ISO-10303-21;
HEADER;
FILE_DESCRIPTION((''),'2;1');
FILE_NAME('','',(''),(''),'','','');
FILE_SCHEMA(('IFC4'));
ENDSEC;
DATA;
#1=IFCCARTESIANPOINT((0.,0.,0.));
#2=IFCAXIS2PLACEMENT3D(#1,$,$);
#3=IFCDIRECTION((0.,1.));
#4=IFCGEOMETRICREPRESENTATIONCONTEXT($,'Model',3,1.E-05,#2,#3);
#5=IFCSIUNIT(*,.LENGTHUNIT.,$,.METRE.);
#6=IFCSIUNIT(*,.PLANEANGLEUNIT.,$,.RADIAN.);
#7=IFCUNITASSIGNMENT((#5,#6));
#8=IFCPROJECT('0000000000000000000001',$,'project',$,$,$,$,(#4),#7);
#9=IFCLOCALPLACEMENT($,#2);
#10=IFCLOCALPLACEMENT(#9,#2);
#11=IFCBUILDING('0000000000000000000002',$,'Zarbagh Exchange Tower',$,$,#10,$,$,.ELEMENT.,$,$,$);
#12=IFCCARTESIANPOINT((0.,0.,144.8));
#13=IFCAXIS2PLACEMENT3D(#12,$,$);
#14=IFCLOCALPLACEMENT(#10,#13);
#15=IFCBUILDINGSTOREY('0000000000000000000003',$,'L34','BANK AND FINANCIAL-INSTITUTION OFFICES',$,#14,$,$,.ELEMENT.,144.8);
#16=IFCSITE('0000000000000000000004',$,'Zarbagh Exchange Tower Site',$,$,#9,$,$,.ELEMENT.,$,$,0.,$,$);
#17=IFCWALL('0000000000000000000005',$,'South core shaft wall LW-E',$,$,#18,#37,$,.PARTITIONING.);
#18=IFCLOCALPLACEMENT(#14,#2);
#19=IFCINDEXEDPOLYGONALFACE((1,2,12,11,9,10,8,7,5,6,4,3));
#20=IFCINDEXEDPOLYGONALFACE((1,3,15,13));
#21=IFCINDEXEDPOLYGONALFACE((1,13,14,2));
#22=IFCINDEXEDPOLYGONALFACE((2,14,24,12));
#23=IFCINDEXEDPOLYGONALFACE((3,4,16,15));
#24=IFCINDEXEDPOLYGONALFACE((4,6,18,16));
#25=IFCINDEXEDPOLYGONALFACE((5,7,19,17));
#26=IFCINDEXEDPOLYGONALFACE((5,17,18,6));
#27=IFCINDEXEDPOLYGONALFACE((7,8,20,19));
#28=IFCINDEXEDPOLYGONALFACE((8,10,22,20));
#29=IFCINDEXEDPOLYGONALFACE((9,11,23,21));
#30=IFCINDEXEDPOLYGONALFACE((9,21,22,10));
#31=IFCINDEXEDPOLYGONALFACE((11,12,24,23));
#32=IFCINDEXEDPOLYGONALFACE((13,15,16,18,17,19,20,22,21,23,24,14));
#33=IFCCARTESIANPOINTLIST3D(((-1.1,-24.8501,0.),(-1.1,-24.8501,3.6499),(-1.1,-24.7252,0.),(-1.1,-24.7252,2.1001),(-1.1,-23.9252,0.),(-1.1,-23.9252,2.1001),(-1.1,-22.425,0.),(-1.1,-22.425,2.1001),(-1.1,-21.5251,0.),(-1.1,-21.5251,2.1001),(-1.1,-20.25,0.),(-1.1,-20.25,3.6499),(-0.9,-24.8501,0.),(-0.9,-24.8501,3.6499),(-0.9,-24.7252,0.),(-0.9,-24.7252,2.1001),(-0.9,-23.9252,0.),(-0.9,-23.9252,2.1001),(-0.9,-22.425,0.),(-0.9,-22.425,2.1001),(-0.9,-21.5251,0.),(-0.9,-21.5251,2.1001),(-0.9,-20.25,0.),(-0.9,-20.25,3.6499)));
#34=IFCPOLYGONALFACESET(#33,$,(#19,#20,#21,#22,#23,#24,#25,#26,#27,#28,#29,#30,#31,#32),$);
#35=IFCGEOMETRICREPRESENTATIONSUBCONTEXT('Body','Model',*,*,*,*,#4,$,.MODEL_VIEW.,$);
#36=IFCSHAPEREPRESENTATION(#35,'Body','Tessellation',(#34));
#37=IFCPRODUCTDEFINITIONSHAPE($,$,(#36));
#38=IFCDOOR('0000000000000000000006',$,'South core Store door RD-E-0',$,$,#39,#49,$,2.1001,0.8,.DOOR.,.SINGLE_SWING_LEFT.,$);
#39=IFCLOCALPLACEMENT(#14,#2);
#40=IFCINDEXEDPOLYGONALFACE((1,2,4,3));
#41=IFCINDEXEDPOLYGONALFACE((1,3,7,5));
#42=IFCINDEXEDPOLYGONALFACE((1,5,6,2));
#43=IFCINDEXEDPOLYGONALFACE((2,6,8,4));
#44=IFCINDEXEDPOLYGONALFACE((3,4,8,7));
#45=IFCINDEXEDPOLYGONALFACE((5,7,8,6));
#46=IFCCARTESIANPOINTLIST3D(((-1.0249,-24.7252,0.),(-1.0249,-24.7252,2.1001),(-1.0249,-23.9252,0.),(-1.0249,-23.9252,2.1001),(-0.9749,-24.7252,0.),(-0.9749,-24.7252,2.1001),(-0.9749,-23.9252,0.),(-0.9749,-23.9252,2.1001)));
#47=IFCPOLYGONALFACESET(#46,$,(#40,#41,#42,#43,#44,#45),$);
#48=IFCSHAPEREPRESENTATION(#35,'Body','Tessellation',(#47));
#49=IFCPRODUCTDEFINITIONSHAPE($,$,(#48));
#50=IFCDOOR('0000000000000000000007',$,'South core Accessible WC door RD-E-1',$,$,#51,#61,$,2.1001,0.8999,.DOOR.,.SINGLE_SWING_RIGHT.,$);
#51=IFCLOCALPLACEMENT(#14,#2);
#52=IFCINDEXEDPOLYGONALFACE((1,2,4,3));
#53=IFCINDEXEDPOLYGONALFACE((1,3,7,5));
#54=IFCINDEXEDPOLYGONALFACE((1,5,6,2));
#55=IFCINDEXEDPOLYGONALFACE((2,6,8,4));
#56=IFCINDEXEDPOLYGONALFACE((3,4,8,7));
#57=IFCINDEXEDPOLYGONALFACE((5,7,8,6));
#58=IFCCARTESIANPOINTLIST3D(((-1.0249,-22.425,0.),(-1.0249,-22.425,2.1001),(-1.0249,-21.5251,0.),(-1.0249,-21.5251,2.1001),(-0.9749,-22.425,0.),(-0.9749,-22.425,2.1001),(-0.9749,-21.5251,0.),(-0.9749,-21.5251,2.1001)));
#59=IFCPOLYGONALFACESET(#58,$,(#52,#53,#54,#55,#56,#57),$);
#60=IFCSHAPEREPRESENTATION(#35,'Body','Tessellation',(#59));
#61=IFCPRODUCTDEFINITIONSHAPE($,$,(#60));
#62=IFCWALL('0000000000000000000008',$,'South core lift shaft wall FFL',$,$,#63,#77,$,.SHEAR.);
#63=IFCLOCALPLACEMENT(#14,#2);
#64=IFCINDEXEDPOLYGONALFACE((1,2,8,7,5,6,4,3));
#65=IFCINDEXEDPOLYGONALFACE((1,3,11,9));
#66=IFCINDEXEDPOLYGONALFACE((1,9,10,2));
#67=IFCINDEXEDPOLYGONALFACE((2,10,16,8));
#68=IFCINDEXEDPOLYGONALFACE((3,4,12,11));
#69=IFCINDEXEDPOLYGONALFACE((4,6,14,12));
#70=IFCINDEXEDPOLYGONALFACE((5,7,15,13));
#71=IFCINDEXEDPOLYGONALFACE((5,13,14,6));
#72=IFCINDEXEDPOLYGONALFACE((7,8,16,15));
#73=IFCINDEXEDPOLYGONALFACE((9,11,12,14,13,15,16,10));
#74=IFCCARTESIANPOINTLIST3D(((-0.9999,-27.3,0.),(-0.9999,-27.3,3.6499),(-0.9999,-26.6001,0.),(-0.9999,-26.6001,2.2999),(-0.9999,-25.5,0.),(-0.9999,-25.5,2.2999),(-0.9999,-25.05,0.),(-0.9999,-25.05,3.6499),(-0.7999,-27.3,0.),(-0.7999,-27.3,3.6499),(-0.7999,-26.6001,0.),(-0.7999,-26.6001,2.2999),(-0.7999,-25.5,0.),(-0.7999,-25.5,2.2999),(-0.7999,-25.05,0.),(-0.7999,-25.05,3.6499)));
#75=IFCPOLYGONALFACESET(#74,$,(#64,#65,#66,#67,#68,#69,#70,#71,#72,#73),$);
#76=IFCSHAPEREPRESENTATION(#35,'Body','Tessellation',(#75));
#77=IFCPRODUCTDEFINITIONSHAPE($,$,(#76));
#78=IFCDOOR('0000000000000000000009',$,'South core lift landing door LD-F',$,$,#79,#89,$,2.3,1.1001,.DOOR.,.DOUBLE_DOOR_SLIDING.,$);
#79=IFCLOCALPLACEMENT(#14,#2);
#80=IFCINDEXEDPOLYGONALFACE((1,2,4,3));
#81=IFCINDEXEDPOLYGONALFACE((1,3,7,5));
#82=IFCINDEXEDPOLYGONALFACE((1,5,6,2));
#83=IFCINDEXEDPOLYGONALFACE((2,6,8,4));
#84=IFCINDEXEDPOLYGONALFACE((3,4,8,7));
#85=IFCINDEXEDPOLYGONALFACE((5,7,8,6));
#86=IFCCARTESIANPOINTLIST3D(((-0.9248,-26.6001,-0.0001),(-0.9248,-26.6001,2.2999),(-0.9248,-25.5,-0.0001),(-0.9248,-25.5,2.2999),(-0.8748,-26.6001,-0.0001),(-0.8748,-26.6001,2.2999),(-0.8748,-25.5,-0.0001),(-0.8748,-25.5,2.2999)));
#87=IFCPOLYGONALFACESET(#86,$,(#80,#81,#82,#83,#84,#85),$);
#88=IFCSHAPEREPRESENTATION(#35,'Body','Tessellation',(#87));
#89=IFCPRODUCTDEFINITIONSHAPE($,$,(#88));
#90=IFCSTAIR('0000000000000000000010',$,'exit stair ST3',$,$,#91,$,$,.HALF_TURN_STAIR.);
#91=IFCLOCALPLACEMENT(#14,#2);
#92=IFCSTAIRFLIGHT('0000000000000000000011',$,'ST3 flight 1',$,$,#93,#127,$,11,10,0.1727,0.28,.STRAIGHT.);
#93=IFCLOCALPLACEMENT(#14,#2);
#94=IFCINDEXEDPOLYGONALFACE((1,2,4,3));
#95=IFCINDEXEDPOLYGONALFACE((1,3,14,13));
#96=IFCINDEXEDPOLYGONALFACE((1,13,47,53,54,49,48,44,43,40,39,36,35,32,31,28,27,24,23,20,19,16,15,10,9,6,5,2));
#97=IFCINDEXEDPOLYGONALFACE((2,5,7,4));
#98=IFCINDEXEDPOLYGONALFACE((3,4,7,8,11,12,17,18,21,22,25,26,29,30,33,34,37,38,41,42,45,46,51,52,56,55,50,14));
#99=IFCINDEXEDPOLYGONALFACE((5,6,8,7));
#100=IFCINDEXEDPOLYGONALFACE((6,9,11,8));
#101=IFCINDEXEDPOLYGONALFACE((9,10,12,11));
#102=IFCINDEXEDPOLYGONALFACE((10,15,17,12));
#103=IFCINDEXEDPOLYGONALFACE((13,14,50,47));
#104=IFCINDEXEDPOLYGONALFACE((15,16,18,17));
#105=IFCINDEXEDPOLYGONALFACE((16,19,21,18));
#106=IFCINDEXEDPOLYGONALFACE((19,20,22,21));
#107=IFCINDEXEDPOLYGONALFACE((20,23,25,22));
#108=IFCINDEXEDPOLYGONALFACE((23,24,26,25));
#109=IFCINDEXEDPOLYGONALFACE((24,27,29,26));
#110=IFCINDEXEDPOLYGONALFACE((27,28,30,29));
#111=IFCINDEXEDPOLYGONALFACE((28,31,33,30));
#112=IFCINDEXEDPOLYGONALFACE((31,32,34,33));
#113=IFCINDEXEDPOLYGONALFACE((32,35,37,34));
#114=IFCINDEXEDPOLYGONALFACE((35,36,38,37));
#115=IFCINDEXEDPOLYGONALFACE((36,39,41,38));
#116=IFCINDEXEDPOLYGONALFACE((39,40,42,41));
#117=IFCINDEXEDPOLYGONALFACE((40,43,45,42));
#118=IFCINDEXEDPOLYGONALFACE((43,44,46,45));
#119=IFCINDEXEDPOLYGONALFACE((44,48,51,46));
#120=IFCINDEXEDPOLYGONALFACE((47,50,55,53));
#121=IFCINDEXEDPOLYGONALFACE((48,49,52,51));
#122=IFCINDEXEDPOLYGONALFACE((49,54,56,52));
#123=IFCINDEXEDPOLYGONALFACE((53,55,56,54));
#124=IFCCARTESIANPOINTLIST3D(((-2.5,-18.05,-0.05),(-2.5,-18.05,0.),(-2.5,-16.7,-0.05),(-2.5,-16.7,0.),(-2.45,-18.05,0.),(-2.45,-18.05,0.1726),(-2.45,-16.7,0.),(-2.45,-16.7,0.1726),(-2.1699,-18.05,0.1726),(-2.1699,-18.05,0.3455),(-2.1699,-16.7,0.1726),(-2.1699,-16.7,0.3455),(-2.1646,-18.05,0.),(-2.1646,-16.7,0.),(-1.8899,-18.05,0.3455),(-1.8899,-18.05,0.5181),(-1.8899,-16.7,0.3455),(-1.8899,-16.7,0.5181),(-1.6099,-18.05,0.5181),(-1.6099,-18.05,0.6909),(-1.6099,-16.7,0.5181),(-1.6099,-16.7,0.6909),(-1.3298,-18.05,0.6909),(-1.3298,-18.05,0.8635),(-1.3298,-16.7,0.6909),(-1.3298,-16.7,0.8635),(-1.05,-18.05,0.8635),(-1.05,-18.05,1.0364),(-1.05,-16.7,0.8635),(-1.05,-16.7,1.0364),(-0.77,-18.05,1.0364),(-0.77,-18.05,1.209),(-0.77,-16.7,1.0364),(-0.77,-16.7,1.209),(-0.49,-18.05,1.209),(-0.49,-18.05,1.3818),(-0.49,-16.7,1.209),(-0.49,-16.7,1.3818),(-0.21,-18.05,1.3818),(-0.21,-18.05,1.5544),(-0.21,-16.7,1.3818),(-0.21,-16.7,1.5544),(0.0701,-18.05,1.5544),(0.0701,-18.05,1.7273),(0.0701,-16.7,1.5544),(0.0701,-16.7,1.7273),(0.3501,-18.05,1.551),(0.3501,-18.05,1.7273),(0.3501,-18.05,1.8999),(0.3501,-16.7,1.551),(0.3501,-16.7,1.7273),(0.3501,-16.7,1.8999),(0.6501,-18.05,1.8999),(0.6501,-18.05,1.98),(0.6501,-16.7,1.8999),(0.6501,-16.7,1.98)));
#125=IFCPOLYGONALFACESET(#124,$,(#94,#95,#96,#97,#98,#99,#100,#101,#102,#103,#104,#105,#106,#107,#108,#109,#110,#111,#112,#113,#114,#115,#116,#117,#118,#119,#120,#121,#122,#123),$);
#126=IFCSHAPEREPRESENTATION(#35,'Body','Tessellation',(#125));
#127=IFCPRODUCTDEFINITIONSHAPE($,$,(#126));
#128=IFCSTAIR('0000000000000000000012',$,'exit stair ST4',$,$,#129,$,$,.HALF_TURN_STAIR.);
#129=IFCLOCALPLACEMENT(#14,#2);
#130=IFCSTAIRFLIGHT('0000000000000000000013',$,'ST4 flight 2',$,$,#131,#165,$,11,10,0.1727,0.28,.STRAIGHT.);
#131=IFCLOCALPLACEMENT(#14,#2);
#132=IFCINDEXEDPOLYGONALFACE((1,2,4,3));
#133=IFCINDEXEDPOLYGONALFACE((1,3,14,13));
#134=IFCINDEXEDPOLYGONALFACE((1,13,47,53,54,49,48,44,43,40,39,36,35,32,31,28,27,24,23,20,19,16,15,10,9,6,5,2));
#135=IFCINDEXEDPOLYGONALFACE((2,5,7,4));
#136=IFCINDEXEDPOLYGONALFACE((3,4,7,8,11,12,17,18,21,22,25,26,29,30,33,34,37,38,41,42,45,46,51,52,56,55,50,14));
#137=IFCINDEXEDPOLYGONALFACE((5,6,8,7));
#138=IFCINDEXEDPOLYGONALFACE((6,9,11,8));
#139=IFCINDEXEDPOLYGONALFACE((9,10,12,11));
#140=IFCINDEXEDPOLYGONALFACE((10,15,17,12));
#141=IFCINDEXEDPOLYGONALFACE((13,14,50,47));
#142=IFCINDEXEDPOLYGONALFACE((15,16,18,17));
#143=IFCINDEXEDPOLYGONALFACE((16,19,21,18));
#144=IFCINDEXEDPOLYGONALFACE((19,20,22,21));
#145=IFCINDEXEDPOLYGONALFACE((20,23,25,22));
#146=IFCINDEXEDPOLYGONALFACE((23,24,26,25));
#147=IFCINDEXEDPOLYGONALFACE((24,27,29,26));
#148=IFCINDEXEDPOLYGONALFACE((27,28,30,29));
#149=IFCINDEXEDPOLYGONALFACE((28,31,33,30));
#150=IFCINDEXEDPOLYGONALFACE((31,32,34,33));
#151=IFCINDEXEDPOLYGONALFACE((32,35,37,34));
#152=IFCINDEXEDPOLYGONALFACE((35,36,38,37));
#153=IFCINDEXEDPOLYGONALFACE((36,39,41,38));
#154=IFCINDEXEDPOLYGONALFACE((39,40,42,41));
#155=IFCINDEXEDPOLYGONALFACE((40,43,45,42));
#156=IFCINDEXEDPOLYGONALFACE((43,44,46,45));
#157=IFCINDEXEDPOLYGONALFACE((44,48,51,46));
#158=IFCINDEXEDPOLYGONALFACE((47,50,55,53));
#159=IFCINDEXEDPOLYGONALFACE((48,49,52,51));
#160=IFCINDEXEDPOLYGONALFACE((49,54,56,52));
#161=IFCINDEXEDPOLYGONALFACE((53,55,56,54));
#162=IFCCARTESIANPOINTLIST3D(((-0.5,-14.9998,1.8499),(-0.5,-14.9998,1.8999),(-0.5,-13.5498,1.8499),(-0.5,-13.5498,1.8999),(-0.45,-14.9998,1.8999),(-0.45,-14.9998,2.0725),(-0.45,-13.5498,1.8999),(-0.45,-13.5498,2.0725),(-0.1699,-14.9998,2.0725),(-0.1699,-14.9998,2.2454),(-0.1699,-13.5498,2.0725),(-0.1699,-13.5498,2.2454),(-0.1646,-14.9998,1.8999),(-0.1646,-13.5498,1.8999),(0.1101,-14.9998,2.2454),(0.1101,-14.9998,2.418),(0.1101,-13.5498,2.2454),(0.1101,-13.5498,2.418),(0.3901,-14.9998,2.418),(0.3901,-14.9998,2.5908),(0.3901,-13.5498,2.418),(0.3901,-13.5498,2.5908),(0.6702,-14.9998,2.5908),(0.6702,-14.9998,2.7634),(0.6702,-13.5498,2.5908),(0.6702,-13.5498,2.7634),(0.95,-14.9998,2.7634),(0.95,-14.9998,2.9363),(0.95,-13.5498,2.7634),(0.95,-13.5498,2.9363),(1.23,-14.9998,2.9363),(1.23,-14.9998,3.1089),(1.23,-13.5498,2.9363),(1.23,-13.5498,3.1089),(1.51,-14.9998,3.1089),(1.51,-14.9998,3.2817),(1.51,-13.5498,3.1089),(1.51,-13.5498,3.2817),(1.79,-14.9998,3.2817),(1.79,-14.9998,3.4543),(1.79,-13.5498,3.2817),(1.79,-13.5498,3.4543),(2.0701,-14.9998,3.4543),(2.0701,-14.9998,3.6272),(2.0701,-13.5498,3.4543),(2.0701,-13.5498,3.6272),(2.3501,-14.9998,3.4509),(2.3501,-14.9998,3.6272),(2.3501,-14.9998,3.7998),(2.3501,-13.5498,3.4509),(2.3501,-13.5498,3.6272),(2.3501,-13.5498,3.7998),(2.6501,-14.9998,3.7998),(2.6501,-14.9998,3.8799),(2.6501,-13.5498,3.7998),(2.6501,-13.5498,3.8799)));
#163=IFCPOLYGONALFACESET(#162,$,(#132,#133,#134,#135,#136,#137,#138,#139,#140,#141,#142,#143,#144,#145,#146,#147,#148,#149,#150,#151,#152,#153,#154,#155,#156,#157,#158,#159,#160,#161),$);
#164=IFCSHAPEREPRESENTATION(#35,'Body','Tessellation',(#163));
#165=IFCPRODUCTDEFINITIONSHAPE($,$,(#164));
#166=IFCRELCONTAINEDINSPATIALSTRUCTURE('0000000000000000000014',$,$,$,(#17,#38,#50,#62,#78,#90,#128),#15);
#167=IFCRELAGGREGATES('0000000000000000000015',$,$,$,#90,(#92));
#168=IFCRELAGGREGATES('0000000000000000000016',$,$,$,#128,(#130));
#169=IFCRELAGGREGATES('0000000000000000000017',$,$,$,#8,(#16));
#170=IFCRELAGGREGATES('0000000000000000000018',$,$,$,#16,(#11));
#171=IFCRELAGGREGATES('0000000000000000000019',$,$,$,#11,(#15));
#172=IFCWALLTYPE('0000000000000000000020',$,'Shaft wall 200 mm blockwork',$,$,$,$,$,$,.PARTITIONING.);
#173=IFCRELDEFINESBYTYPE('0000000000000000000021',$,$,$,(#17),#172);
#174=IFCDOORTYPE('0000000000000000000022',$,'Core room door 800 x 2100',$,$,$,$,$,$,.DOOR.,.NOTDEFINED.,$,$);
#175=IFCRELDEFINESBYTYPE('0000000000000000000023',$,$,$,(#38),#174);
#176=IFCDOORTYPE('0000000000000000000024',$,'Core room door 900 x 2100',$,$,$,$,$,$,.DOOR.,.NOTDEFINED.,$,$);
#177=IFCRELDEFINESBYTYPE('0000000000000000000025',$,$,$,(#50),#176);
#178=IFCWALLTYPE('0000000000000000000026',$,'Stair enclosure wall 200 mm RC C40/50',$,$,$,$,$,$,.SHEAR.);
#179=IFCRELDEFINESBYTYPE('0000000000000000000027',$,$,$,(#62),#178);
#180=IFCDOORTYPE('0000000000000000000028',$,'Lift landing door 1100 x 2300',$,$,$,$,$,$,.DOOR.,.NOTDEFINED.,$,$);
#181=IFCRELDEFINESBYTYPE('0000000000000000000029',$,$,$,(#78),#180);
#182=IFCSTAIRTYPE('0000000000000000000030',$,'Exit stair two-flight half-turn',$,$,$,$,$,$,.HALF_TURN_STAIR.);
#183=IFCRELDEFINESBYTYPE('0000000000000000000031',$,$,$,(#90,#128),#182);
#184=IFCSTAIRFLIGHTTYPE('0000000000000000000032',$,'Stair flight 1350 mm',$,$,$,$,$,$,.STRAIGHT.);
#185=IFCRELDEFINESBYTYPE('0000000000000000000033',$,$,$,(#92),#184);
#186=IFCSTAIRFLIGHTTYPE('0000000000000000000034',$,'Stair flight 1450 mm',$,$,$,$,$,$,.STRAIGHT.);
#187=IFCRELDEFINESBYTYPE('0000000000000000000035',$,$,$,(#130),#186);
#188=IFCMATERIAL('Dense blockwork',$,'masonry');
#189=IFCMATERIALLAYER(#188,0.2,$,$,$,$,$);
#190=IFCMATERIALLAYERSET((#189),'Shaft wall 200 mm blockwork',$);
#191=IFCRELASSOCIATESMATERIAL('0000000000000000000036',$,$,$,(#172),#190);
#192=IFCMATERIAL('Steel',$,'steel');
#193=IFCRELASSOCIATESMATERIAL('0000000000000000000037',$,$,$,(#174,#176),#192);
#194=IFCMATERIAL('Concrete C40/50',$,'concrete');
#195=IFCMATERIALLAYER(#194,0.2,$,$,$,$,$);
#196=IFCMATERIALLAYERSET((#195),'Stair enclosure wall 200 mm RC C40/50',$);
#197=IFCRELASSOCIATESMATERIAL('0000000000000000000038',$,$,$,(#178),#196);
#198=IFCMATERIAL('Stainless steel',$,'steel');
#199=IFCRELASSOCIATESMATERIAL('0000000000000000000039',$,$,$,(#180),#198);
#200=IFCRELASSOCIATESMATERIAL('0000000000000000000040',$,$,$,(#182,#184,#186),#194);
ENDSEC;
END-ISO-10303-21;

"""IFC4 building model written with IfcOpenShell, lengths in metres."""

from ifc_helpers import new_model, si_unit, direction, frame, frame_2d, origin, place, context, subcontext, project, spatial, polyline, rectangle, outline, extrude, material, layer, layer_set, type_object, element, fill, aggregate, save


model = new_model("IFC4")

# Units and contexts
model_context = context("Model", 3, precision=1e-05, world=origin(), true_north=direction((0.0, 1.0)))
body_context = subcontext(model_context, "Body", "Model", "MODEL_VIEW")
ifc_project = project(units=[si_unit("LENGTHUNIT", "METRE"), si_unit("PLANEANGLEUNIT", "RADIAN")], contexts=[model_context])

# Site, building, storey
site_placement = place(None, origin())
site = spatial("IfcSite", under=ifc_project, at=site_placement, Name="Zarbagh Exchange Tower Site", CompositionType="ELEMENT", RefElevation=0.0)
building_placement = place(site_placement, origin())
building = spatial("IfcBuilding", under=site, at=building_placement, Name="Zarbagh Exchange Tower", CompositionType="ELEMENT")
storey_placement = place(building_placement, frame((0.0, 0.0, 144.8)))
storey = spatial("IfcBuildingStorey", under=building, at=storey_placement, Name="L34", Description="BANK AND FINANCIAL-INSTITUTION OFFICES", CompositionType="ELEMENT", Elevation=144.8)

# Shared definitions
ifc_material_1 = material(Name="Concrete C40/50", Category="concrete")

# Shared definitions
ifc_material_2 = material(Name="Dense blockwork", Category="masonry")

# Shared definitions
ifc_layer_1 = layer(ifc_material_2, 0.2)
ifc_layer_set_1 = layer_set([ifc_layer_1], Name="Shaft wall 200 mm blockwork")
wall_type_1 = type_object("IfcWallType", Name="Shaft wall 200 mm blockwork", PredefinedType="PARTITIONING", material=ifc_layer_set_1)

# Wall, openings, doors
wall_1_placement = place(storey_placement, frame((-1.0, -24.8501, 0.0), z_axis=(0.0, 0.0, 1.0), x_axis=(0.0, 1.0, 0.0)))
wall_1 = element("IfcWall", 1, at=wall_1_placement, inside=storey, type_object=wall_type_1, Name="South core shaft wall LW-E", PredefinedType="PARTITIONING", context=body_context, shape_type="SweptSolid", body=[
    extrude(rectangle(XDim=4.6001, YDim=0.2, at=frame_2d((2.3, 0.0))), origin(), (0.0, 0.0, 1.0), 3.6499),
])
opening_1_placement = place(wall_1_placement, frame((0.125, 0.0, 0.0)))
opening_1 = element("IfcOpeningElement", 2, at=opening_1_placement, cuts=wall_1, PredefinedType="OPENING", context=body_context, shape_type="SweptSolid", body=[
    extrude(rectangle(XDim=0.8, YDim=2.1001, at=frame_2d((0.3999, 1.05))), frame((0.0, 0.1099, 0.0), z_axis=(0.0, -1.0, 0.0), x_axis=(1.0, 0.0, 0.0)), (0.0, 0.0, 1.0), 0.22),
])
opening_2_placement = place(wall_1_placement, frame((2.425, 0.0, 0.0)))
opening_2 = element("IfcOpeningElement", 3, at=opening_2_placement, cuts=wall_1, PredefinedType="OPENING", context=body_context, shape_type="SweptSolid", body=[
    extrude(rectangle(XDim=0.8999, YDim=2.1001, at=frame_2d((0.45, 1.05))), frame((0.0, 0.1099, 0.0), z_axis=(0.0, -1.0, 0.0), x_axis=(1.0, 0.0, 0.0)), (0.0, 0.0, 1.0), 0.22),
])
ifc_material_3 = material(Name="Steel", Category="steel")
door_type_1 = type_object("IfcDoorType", Name="Core room door 800 x 2100", OperationType="NOTDEFINED", PredefinedType="DOOR", material=ifc_material_3)
door_1_placement = place(opening_1_placement, origin())
door_1 = element("IfcDoor", 4, at=door_1_placement, inside=storey, type_object=door_type_1, Name="South core Store door RD-E-0", OperationType="SINGLE_SWING_LEFT", OverallHeight=2.1001, OverallWidth=0.8, PredefinedType="DOOR", context=body_context, shape_type="SweptSolid", body=[
    extrude(rectangle(XDim=0.8, YDim=2.1001, at=frame_2d((0.3999, 1.05))), frame((0.0, 0.0249, 0.0), z_axis=(0.0, -1.0, 0.0), x_axis=(1.0, 0.0, 0.0)), (0.0, 0.0, 1.0), 0.05),
])
fill(opening_1, door_1)
door_type_2 = type_object("IfcDoorType", Name="Core room door 900 x 2100", OperationType="NOTDEFINED", PredefinedType="DOOR", material=ifc_material_3)
door_2_placement = place(opening_2_placement, origin())
door_2 = element("IfcDoor", 5, at=door_2_placement, inside=storey, type_object=door_type_2, Name="South core Accessible WC door RD-E-1", OperationType="SINGLE_SWING_RIGHT", OverallHeight=2.1001, OverallWidth=0.8999, PredefinedType="DOOR", context=body_context, shape_type="SweptSolid", body=[
    extrude(rectangle(XDim=0.8999, YDim=2.1001, at=frame_2d((0.45, 1.05))), frame((0.0, 0.0249, 0.0), z_axis=(0.0, -1.0, 0.0), x_axis=(1.0, 0.0, 0.0)), (0.0, 0.0, 1.0), 0.05),
])
fill(opening_2, door_2)

# Wall, opening, door
ifc_layer_2 = layer(ifc_material_1, 0.2)
ifc_layer_set_2 = layer_set([ifc_layer_2], Name="Stair enclosure wall 200 mm RC C40/50")
wall_type_2 = type_object("IfcWallType", Name="Stair enclosure wall 200 mm RC C40/50", PredefinedType="SHEAR", material=ifc_layer_set_2)
wall_2_placement = place(storey_placement, frame((-0.8999, -27.3, 0.0), z_axis=(0.0, 0.0, 1.0), x_axis=(0.0, 1.0, 0.0)))
wall_2 = element("IfcWall", 6, at=wall_2_placement, inside=storey, type_object=wall_type_2, Name="South core lift shaft wall FFL", PredefinedType="SHEAR", context=body_context, shape_type="SweptSolid", body=[
    extrude(rectangle(XDim=2.25, YDim=0.2, at=frame_2d((1.125, 0.0))), origin(), (0.0, 0.0, 1.0), 3.6499),
])
opening_3_placement = place(wall_2_placement, frame((0.7, 0.0, 0.0)))
opening_3 = element("IfcOpeningElement", 7, at=opening_3_placement, cuts=wall_2, PredefinedType="OPENING", context=body_context, shape_type="SweptSolid", body=[
    extrude(rectangle(XDim=1.1001, YDim=2.3, at=frame_2d((0.55, 1.1499))), frame((0.0, 0.1099, 0.0), z_axis=(0.0, -1.0, 0.0), x_axis=(1.0, 0.0, 0.0)), (0.0, 0.0, 1.0), 0.22),
])
ifc_material_4 = material(Name="Stainless steel", Category="steel")
door_type_3 = type_object("IfcDoorType", Name="Lift landing door 1100 x 2300", OperationType="NOTDEFINED", PredefinedType="DOOR", material=ifc_material_4)
door_3_placement = place(opening_3_placement, origin())
door_3 = element("IfcDoor", 8, at=door_3_placement, inside=storey, type_object=door_type_3, Name="South core lift landing door LD-F", OperationType="DOUBLE_DOOR_SLIDING", OverallHeight=2.3, OverallWidth=1.1001, PredefinedType="DOOR", context=body_context, shape_type="SweptSolid", body=[
    extrude(rectangle(XDim=1.1001, YDim=2.3, at=frame_2d((0.55, 1.1499))), frame((0.0, 0.0249, 0.0), z_axis=(0.0, -1.0, 0.0), x_axis=(1.0, 0.0, 0.0)), (0.0, 0.0, 1.0), 0.05),
])
fill(opening_3, door_3)

# Stairs, stair flights
stair_type = type_object("IfcStairType", Name="Exit stair two-flight half-turn", PredefinedType="HALF_TURN_STAIR", material=ifc_material_1)
stair_1_placement = place(storey_placement, origin())
stair_1 = element("IfcStair", 9, at=stair_1_placement, inside=storey, type_object=stair_type, Name="exit stair ST3", PredefinedType="HALF_TURN_STAIR")
stair_flight_type_1 = type_object("IfcStairFlightType", Name="Stair flight 1350 mm", PredefinedType="STRAIGHT", material=ifc_material_1)
stair_flight_1_placement = place(storey_placement, frame((-2.45, -17.375, 0.0), z_axis=(0.0, 0.0, 1.0), x_axis=(1.0, 0.0, 0.0)))
stair_flight_1 = element("IfcStairFlight", 10, at=stair_flight_1_placement, type_object=stair_flight_type_1, Name="ST3 flight 1", NumberOfRisers=11, NumberOfTreads=10, PredefinedType="STRAIGHT", RiserHeight=0.1727, TreadLength=0.28, context=body_context, shape_type="SweptSolid", body=[
    extrude(outline(polyline([(-0.05, -0.05), (-0.05, 0.0), (0.0, 0.0), (0.0, 0.1726), (0.28, 0.1726), (0.28, 0.3455), (0.5601, 0.3455), (0.5601, 0.5181), (0.8401, 0.5181), (0.8401, 0.6909), (1.1201, 0.6909), (1.1201, 0.8635), (1.3999, 0.8635), (1.3999, 1.0364), (1.6799, 1.0364), (1.6799, 1.209), (1.96, 1.209), (1.96, 1.3818), (2.24, 1.3818), (2.24, 1.5544), (2.52, 1.5544), (2.52, 1.7273), (2.8, 1.7273), (2.8, 1.8999), (3.1001, 1.98), (3.1001, 1.8999), (2.8, 1.551), (0.2854, 0.0), (-0.05, -0.05)])), frame((0.0, 0.675, 0.0), z_axis=(0.0, -1.0, 0.0), x_axis=(1.0, 0.0, 0.0)), (0.0, 0.0, 1.0), 1.3501),
])
aggregate(stair_1, [stair_flight_1])
stair_2_placement = place(storey_placement, origin())
stair_2 = element("IfcStair", 11, at=stair_2_placement, inside=storey, type_object=stair_type, Name="exit stair ST4", PredefinedType="HALF_TURN_STAIR")
stair_flight_type_2 = type_object("IfcStairFlightType", Name="Stair flight 1450 mm", PredefinedType="STRAIGHT", material=ifc_material_1)
stair_flight_2_placement = place(storey_placement, frame((-0.45, -14.2749, 1.8999), z_axis=(0.0, 0.0, 1.0), x_axis=(1.0, 0.0, 0.0)))
stair_flight_2 = element("IfcStairFlight", 12, at=stair_flight_2_placement, type_object=stair_flight_type_2, Name="ST4 flight 2", NumberOfRisers=11, NumberOfTreads=10, PredefinedType="STRAIGHT", RiserHeight=0.1727, TreadLength=0.28, context=body_context, shape_type="SweptSolid", body=[
    extrude(outline(polyline([(-0.05, -0.05), (-0.05, 0.0), (0.0, 0.0), (0.0, 0.1726), (0.28, 0.1726), (0.28, 0.3455), (0.5601, 0.3455), (0.5601, 0.5181), (0.8401, 0.5181), (0.8401, 0.6909), (1.1201, 0.6909), (1.1201, 0.8635), (1.3999, 0.8635), (1.3999, 1.0364), (1.6799, 1.0364), (1.6799, 1.209), (1.96, 1.209), (1.96, 1.3818), (2.24, 1.3818), (2.24, 1.5544), (2.52, 1.5544), (2.52, 1.7273), (2.8, 1.7273), (2.8, 1.8999), (3.1001, 1.98), (3.1001, 1.8999), (2.8, 1.551), (0.2854, 0.0), (-0.05, -0.05)])), frame((0.0, 0.7251, 0.0), z_axis=(0.0, -1.0, 0.0), x_axis=(1.0, 0.0, 0.0)), (0.0, 0.0, 1.0), 1.45),
])
aggregate(stair_2, [stair_flight_2])

save(model, "model.ifc")
